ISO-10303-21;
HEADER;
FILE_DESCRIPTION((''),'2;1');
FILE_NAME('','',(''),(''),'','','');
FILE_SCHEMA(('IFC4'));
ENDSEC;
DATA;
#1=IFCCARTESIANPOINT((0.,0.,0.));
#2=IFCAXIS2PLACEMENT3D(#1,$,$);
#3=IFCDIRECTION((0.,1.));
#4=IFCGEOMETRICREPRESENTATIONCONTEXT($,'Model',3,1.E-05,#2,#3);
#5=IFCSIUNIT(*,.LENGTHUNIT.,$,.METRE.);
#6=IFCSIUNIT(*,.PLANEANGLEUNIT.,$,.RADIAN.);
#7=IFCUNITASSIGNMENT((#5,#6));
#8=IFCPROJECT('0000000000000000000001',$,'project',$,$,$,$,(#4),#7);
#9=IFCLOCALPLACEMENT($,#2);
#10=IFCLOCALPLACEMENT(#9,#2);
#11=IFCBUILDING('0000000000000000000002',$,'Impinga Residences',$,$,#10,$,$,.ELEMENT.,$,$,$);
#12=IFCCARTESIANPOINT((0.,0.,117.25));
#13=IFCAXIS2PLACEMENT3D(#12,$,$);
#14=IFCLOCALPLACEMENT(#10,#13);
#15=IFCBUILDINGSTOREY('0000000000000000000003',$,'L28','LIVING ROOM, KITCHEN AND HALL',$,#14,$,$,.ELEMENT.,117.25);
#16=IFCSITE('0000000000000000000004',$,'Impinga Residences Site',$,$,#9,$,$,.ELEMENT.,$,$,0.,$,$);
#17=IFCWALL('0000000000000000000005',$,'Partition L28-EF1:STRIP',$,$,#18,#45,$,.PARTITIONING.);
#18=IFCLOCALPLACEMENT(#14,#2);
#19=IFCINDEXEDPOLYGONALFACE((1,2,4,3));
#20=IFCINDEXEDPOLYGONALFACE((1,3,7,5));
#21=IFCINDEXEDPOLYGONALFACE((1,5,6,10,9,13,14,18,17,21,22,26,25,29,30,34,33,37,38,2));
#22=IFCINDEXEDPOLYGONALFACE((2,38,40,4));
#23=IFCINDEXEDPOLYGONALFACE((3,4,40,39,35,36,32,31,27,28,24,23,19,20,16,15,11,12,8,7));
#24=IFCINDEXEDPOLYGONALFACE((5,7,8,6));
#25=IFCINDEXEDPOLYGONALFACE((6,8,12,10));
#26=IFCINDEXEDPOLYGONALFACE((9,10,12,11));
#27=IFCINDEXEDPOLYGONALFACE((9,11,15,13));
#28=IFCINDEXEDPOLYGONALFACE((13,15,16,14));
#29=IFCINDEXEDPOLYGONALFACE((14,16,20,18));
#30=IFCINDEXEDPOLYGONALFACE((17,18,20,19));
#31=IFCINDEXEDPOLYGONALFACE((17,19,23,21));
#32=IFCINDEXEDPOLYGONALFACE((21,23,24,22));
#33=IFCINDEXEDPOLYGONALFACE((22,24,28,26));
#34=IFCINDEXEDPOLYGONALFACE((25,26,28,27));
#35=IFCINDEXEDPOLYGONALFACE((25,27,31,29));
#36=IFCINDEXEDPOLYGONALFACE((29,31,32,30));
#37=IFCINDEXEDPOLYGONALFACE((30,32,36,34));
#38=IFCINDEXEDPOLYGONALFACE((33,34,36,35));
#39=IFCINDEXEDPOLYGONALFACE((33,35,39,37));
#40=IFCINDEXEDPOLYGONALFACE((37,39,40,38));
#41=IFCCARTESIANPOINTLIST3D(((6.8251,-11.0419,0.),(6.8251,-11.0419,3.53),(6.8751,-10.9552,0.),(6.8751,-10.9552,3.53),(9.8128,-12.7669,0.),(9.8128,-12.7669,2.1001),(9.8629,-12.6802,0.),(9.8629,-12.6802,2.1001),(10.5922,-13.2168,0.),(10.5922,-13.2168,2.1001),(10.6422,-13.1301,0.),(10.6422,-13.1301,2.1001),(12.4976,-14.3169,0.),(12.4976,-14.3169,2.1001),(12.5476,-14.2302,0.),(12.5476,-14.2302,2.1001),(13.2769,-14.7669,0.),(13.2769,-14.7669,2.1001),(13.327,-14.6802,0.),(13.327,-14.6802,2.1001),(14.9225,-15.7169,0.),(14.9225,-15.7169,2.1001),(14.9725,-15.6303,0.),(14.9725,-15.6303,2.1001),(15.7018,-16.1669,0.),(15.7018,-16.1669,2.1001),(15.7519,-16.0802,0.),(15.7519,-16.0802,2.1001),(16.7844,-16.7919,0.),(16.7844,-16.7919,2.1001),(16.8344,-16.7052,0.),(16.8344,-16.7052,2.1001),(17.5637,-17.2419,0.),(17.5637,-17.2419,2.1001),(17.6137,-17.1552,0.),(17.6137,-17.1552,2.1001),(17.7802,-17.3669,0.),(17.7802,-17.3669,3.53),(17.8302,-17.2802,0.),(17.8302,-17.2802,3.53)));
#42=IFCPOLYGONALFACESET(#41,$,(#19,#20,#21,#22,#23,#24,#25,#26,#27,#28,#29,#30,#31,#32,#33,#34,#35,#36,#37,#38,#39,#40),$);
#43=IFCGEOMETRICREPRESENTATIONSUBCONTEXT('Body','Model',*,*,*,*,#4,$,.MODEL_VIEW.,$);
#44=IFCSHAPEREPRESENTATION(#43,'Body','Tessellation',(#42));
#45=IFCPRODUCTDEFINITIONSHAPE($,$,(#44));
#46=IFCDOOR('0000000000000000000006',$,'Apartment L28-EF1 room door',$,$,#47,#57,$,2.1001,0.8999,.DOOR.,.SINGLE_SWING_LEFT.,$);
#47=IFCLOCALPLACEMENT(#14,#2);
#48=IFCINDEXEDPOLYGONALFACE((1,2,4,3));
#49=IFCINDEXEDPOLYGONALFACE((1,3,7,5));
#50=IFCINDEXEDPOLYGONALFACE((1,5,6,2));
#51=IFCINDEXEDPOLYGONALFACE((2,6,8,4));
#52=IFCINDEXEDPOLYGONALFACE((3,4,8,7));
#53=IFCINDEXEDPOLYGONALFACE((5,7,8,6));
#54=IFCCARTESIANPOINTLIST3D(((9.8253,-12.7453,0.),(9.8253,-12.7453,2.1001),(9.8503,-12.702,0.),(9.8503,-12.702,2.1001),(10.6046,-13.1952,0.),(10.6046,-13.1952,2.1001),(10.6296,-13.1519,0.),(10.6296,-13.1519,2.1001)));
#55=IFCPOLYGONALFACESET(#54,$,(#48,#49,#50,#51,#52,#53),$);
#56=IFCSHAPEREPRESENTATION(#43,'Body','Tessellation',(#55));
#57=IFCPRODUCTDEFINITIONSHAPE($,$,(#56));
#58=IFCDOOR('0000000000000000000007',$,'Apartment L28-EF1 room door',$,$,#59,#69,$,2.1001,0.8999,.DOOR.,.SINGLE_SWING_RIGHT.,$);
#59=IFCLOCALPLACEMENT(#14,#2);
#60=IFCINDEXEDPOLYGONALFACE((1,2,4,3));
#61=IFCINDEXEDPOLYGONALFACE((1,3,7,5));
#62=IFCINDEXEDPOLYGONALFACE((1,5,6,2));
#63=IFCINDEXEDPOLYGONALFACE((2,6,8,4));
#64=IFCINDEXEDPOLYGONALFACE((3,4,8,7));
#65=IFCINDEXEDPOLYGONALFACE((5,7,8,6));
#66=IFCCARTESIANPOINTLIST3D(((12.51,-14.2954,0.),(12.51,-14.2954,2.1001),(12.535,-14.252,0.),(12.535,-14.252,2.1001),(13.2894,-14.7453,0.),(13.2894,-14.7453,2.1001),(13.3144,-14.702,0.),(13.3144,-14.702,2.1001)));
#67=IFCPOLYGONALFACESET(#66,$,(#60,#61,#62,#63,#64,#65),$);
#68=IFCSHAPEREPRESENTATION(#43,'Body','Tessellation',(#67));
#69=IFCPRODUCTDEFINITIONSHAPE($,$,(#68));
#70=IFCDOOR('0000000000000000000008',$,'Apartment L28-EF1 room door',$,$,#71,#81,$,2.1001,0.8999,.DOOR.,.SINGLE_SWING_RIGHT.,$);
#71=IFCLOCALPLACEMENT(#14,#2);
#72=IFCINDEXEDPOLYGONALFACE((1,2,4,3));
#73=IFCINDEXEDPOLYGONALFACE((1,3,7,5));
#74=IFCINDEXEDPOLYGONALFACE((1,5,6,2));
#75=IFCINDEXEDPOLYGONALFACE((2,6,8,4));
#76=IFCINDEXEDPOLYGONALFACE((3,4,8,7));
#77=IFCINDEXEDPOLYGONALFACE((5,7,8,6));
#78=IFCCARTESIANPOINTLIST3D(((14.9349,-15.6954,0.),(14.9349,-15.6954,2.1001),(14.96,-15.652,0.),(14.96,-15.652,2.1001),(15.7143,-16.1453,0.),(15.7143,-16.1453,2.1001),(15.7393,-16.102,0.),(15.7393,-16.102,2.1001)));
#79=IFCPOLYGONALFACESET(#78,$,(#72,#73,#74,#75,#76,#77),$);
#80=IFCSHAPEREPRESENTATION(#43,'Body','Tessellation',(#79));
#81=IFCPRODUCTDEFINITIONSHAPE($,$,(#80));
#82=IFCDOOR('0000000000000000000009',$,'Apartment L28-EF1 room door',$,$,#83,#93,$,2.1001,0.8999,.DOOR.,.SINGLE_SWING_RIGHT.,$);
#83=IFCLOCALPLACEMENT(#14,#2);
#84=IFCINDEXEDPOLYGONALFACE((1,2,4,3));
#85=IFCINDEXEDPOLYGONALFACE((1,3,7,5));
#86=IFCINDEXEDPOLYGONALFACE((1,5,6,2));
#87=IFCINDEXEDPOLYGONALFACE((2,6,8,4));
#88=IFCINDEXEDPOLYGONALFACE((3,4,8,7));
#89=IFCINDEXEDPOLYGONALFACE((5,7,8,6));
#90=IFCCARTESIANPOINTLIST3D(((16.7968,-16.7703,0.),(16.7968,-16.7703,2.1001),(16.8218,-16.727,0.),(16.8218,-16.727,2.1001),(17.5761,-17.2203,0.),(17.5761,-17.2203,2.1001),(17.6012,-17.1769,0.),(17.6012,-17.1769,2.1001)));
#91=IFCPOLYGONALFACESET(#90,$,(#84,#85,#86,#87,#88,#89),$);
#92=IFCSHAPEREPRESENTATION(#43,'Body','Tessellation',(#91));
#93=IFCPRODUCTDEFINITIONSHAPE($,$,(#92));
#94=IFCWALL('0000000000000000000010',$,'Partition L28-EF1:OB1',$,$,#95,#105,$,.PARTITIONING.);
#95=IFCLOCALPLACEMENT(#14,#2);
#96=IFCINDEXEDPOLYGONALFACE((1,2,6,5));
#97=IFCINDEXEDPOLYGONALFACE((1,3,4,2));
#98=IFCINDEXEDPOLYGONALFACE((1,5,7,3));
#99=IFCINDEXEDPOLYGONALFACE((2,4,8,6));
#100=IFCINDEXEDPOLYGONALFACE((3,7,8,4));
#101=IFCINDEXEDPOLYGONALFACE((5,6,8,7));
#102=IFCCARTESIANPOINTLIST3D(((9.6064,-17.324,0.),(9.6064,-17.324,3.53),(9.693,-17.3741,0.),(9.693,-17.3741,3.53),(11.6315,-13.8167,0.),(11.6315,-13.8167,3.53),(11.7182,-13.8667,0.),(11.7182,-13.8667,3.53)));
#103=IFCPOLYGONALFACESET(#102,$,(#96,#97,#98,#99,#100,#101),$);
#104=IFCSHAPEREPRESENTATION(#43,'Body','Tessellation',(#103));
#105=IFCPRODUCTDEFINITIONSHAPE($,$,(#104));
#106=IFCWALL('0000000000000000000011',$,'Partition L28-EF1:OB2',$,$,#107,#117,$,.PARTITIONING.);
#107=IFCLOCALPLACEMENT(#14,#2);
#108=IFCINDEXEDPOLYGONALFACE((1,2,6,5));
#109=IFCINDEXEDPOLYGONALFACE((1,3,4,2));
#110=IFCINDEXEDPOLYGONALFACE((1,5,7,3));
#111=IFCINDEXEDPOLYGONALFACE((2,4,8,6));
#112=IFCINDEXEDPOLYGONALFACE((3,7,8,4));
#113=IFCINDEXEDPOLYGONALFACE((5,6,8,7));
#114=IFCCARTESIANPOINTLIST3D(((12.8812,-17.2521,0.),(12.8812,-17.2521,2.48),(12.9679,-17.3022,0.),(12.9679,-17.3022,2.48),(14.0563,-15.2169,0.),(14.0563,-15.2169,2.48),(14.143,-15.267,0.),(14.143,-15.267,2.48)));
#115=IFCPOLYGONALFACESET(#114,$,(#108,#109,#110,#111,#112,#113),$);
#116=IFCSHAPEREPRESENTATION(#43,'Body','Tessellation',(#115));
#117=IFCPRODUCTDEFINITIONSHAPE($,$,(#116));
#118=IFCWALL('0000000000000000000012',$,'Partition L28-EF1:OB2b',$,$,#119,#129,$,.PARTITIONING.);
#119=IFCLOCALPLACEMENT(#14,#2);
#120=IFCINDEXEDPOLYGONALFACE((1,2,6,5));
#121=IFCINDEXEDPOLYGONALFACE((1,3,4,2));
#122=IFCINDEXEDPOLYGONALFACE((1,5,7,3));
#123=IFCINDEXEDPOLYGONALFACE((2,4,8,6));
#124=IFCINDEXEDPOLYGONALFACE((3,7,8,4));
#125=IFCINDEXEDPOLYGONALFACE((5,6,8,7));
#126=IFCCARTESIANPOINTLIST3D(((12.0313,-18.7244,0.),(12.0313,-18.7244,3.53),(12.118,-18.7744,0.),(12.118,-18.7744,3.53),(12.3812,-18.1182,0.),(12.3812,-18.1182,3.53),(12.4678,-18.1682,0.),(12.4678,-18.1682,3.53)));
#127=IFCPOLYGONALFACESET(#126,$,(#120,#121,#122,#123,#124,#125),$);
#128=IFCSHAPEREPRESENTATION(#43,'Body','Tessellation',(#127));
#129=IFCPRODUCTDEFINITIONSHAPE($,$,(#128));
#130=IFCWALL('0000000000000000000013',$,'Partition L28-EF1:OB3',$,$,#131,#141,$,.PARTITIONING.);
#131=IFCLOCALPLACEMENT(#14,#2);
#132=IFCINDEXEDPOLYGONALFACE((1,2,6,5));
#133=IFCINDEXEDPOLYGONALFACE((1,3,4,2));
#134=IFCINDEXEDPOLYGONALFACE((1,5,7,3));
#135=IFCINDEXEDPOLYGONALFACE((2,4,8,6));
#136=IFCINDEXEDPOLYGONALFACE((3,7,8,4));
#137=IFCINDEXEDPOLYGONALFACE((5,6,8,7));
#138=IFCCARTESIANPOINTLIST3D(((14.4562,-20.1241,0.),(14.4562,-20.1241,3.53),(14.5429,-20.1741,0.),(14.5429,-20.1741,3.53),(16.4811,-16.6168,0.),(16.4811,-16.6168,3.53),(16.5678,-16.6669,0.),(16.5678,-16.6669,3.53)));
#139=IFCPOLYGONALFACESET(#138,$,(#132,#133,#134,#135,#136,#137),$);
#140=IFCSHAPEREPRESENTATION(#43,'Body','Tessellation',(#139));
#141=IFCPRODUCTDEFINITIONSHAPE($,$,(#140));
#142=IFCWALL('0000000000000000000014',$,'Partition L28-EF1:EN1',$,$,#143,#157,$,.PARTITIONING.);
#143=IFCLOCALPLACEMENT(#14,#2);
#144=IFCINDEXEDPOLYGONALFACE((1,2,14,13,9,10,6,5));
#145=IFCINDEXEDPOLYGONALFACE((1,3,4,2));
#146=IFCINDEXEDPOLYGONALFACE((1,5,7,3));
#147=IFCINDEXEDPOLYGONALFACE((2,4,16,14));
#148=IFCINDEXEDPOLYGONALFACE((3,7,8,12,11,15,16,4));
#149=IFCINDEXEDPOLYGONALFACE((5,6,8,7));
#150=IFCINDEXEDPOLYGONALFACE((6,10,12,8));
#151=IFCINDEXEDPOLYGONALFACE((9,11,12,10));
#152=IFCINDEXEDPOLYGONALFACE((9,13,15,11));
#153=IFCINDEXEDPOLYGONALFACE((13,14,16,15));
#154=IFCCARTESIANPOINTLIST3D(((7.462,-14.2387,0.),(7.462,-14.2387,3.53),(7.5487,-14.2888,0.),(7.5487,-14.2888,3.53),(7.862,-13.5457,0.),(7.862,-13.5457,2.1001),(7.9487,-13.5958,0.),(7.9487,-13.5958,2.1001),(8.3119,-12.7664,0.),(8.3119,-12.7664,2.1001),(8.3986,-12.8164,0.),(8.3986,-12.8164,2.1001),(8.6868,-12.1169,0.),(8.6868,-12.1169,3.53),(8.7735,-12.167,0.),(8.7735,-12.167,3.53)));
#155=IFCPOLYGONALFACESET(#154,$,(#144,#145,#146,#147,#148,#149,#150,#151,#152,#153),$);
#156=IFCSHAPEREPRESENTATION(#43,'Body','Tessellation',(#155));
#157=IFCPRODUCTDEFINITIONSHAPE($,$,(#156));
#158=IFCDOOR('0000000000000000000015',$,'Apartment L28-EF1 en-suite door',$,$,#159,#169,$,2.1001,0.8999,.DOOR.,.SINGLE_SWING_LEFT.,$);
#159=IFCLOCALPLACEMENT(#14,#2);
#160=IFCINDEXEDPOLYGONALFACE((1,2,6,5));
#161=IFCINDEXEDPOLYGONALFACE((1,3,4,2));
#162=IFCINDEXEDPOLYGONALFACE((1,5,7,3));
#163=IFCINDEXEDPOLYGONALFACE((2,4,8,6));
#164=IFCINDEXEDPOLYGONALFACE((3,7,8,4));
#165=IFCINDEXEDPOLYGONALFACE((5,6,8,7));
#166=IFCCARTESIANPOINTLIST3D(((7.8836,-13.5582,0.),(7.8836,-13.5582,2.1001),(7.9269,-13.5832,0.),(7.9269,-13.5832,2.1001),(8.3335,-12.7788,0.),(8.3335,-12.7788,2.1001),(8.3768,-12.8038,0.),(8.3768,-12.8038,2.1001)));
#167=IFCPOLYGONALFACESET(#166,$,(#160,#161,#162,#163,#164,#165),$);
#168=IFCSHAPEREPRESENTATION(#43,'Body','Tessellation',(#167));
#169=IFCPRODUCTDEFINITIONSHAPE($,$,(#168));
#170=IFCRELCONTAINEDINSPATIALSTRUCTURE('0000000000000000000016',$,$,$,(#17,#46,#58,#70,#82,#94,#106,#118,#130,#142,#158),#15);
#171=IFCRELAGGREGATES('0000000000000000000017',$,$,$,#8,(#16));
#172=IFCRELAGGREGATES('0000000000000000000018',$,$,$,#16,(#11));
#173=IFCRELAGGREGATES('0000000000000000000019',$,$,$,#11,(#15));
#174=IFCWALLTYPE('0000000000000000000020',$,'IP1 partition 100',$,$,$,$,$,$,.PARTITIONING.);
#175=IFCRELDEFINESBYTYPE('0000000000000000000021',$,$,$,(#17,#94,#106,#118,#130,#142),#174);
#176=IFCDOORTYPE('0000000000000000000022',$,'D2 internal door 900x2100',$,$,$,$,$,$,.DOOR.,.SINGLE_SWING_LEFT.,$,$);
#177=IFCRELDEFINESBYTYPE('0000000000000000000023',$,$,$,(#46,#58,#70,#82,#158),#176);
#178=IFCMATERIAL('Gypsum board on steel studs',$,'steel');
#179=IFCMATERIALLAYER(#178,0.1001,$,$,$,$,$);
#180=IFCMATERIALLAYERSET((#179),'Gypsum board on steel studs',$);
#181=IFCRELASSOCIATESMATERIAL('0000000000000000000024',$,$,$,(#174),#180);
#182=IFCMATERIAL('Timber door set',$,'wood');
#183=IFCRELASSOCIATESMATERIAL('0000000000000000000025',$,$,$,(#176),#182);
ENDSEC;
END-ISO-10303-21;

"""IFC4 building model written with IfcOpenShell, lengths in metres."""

from ifc_helpers import new_model, si_unit, direction, frame, frame_2d, origin, place, context, subcontext, project, spatial, rectangle, extrude, material, layer, layer_set, type_object, element, fill, save


model = new_model("IFC4")

# Units and contexts
model_context = context("Model", 3, precision=1e-05, world=origin(), true_north=direction((0.0, 1.0)))
body_context = subcontext(model_context, "Body", "Model", "MODEL_VIEW")
ifc_project = project(units=[si_unit("LENGTHUNIT", "METRE"), si_unit("PLANEANGLEUNIT", "RADIAN")], contexts=[model_context])

# Site, building, storey
site_placement = place(None, origin())
site = spatial("IfcSite", under=ifc_project, at=site_placement, Name="Impinga Residences Site", CompositionType="ELEMENT", RefElevation=0.0)
building_placement = place(site_placement, origin())
building = spatial("IfcBuilding", under=site, at=building_placement, Name="Impinga Residences", CompositionType="ELEMENT")
storey_placement = place(building_placement, frame((0.0, 0.0, 117.25)))
storey = spatial("IfcBuildingStorey", under=building, at=storey_placement, Name="L28", Description="LIVING ROOM, KITCHEN AND HALL", CompositionType="ELEMENT", Elevation=117.25)

# Shared definitions
ifc_material_1 = material(Name="Timber door set", Category="wood")

# Shared definitions
ifc_material_2 = material(Name="Gypsum board on steel studs", Category="steel")
ifc_layer_1 = layer(ifc_material_2, 0.1001)
ifc_layer_set_1 = layer_set([ifc_layer_1], Name="Gypsum board on steel studs")
wall_type_1 = type_object("IfcWallType", Name="IP1 partition 100", PredefinedType="PARTITIONING", material=ifc_layer_set_1)

# Wall, openings, doors
wall_1_placement = place(storey_placement, frame((6.8501, -10.9985, 0.0), z_axis=(0.0, 0.0, 1.0), x_axis=(0.866024, -0.500002, 0.0)))
wall_1 = element("IfcWall", 1, at=wall_1_placement, inside=storey, type_object=wall_type_1, Name="Partition L28-EF1:STRIP", PredefinedType="PARTITIONING", context=body_context, shape_type="SweptSolid", body=[
    extrude(rectangle(XDim=12.6499, YDim=0.1001, at=frame_2d((6.325, 0.0))), origin(), (0.0, 0.0, 1.0), 3.53),
])
opening_1_placement = place(wall_1_placement, frame((3.45, 0.0, 0.0)))
opening_1 = element("IfcOpeningElement", 2, at=opening_1_placement, cuts=wall_1, PredefinedType="OPENING", context=body_context, shape_type="SweptSolid", body=[
    extrude(rectangle(XDim=0.8999, YDim=2.1001, at=frame_2d((0.45, 1.05))), frame((0.0, 0.0601, 0.0), z_axis=(0.0, -1.0, 0.0), x_axis=(1.0, 0.0, 0.0)), (0.0, 0.0, 1.0), 0.1201),
])
opening_2_placement = place(wall_1_placement, frame((6.55, 0.0, 0.0)))
opening_2 = element("IfcOpeningElement", 3, at=opening_2_placement, cuts=wall_1, PredefinedType="OPENING", context=body_context, shape_type="SweptSolid", body=[
    extrude(rectangle(XDim=0.8999, YDim=2.1001, at=frame_2d((0.45, 1.05))), frame((0.0, 0.0601, 0.0), z_axis=(0.0, -1.0, 0.0), x_axis=(1.0, 0.0, 0.0)), (0.0, 0.0, 1.0), 0.1201),
])
opening_3_placement = place(wall_1_placement, frame((9.3501, 0.0, 0.0)))
opening_3 = element("IfcOpeningElement", 4, at=opening_3_placement, cuts=wall_1, PredefinedType="OPENING", context=body_context, shape_type="SweptSolid", body=[
    extrude(rectangle(XDim=0.8999, YDim=2.1001, at=frame_2d((0.45, 1.05))), frame((0.0, 0.0601, 0.0), z_axis=(0.0, -1.0, 0.0), x_axis=(1.0, 0.0, 0.0)), (0.0, 0.0, 1.0), 0.1201),
])
opening_4_placement = place(wall_1_placement, frame((11.5, 0.0, 0.0)))
opening_4 = element("IfcOpeningElement", 5, at=opening_4_placement, cuts=wall_1, PredefinedType="OPENING", context=body_context, shape_type="SweptSolid", body=[
    extrude(rectangle(XDim=0.8999, YDim=2.1001, at=frame_2d((0.45, 1.05))), frame((0.0, 0.0601, 0.0), z_axis=(0.0, -1.0, 0.0), x_axis=(1.0, 0.0, 0.0)), (0.0, 0.0, 1.0), 0.1201),
])
door_type_1 = type_object("IfcDoorType", Name="D2 internal door 900x2100", OperationType="SINGLE_SWING_LEFT", PredefinedType="DOOR", material=ifc_material_1)
door_1_placement = place(opening_1_placement, origin())
door_1 = element("IfcDoor", 6, at=door_1_placement, inside=storey, type_object=door_type_1, Name="Apartment L28-EF1 room door", OperationType="SINGLE_SWING_LEFT", OverallHeight=2.1001, OverallWidth=0.8999, PredefinedType="DOOR", context=body_context, shape_type="SweptSolid", body=[
    extrude(rectangle(XDim=0.8999, YDim=2.1001, at=frame_2d((0.45, 1.05))), frame((0.0, 0.0249, 0.0), z_axis=(0.0, -1.0, 0.0), x_axis=(1.0, 0.0, 0.0)), (0.0, 0.0, 1.0), 0.05),
])
fill(opening_1, door_1)
door_2_placement = place(opening_2_placement, origin())
door_2 = element("IfcDoor", 7, at=door_2_placement, inside=storey, type_object=door_type_1, Name="Apartment L28-EF1 room door", OperationType="SINGLE_SWING_RIGHT", OverallHeight=2.1001, OverallWidth=0.8999, PredefinedType="DOOR", context=body_context, shape_type="SweptSolid", body=[
    extrude(rectangle(XDim=0.8999, YDim=2.1001, at=frame_2d((0.45, 1.05))), frame((0.0, 0.0249, 0.0), z_axis=(0.0, -1.0, 0.0), x_axis=(1.0, 0.0, 0.0)), (0.0, 0.0, 1.0), 0.05),
])
fill(opening_2, door_2)
door_3_placement = place(opening_3_placement, origin())
door_3 = element("IfcDoor", 8, at=door_3_placement, inside=storey, type_object=door_type_1, Name="Apartment L28-EF1 room door", OperationType="SINGLE_SWING_RIGHT", OverallHeight=2.1001, OverallWidth=0.8999, PredefinedType="DOOR", context=body_context, shape_type="SweptSolid", body=[
    extrude(rectangle(XDim=0.8999, YDim=2.1001, at=frame_2d((0.45, 1.05))), frame((0.0, 0.0249, 0.0), z_axis=(0.0, -1.0, 0.0), x_axis=(1.0, 0.0, 0.0)), (0.0, 0.0, 1.0), 0.05),
])
fill(opening_3, door_3)
door_4_placement = place(opening_4_placement, origin())
door_4 = element("IfcDoor", 9, at=door_4_placement, inside=storey, type_object=door_type_1, Name="Apartment L28-EF1 room door", OperationType="SINGLE_SWING_RIGHT", OverallHeight=2.1001, OverallWidth=0.8999, PredefinedType="DOOR", context=body_context, shape_type="SweptSolid", body=[
    extrude(rectangle(XDim=0.8999, YDim=2.1001, at=frame_2d((0.45, 1.05))), frame((0.0, 0.0249, 0.0), z_axis=(0.0, -1.0, 0.0), x_axis=(1.0, 0.0, 0.0)), (0.0, 0.0, 1.0), 0.05),
])
fill(opening_4, door_4)

# Walls
wall_2_placement = place(storey_placement, frame((11.6748, -13.8418, 0.0), z_axis=(0.0, 0.0, 1.0), x_axis=(-0.500036, -0.866005, 0.0)))
element("IfcWall", 10, at=wall_2_placement, inside=storey, type_object=wall_type_1, Name="Partition L28-EF1:OB1", PredefinedType="PARTITIONING", context=body_context, shape_type="SweptSolid", body=[
    extrude(rectangle(XDim=4.05, YDim=0.1001, at=frame_2d((2.0249, 0.0))), origin(), (0.0, 0.0, 1.0), 3.53),
])
wall_3_placement = place(storey_placement, frame((14.0996, -15.2419, 0.0), z_axis=(0.0, 0.0, 1.0), x_axis=(-0.500016, -0.866016, 0.0)))
element("IfcWall", 11, at=wall_3_placement, inside=storey, type_object=wall_type_1, Name="Partition L28-EF1:OB2", PredefinedType="PARTITIONING", context=body_context, shape_type="SweptSolid", body=[
    extrude(rectangle(XDim=2.3501, YDim=0.1001, at=frame_2d((1.175, 0.0))), origin(), (0.0, 0.0, 1.0), 2.48),
])
wall_4_placement = place(storey_placement, frame((12.4246, -18.1431, 0.0), z_axis=(0.0, 0.0, 1.0), x_axis=(-0.499853, -0.86611, 0.0)))
element("IfcWall", 12, at=wall_4_placement, inside=storey, type_object=wall_type_1, Name="Partition L28-EF1:OB2b", PredefinedType="PARTITIONING", context=body_context, shape_type="SweptSolid", body=[
    extrude(rectangle(XDim=0.7, YDim=0.1001, at=frame_2d((0.3501, 0.0))), origin(), (0.0, 0.0, 1.0), 3.53),
])
wall_5_placement = place(storey_placement, frame((16.5244, -16.6418, 0.0), z_axis=(0.0, 0.0, 1.0), x_axis=(-0.49999, -0.866031, 0.0)))
element("IfcWall", 13, at=wall_5_placement, inside=storey, type_object=wall_type_1, Name="Partition L28-EF1:OB3", PredefinedType="PARTITIONING", context=body_context, shape_type="SweptSolid", body=[
    extrude(rectangle(XDim=4.0498, YDim=0.1001, at=frame_2d((2.0249, 0.0))), origin(), (0.0, 0.0, 1.0), 3.53),
])

# Wall, opening, door
wall_6_placement = place(storey_placement, frame((8.7302, -12.1418, 0.0), z_axis=(0.0, 0.0, 1.0), x_axis=(-0.499944, -0.866058, 0.0)))
wall_6 = element("IfcWall", 14, at=wall_6_placement, inside=storey, type_object=wall_type_1, Name="Partition L28-EF1:EN1", PredefinedType="PARTITIONING", context=body_context, shape_type="SweptSolid", body=[
    extrude(rectangle(XDim=2.45, YDim=0.1001, at=frame_2d((1.2251, 0.0))), origin(), (0.0, 0.0, 1.0), 3.53),
])
opening_5_placement = place(wall_6_placement, frame((0.75, 0.0, 0.0)))
opening_5 = element("IfcOpeningElement", 15, at=opening_5_placement, cuts=wall_6, PredefinedType="OPENING", context=body_context, shape_type="SweptSolid", body=[
    extrude(rectangle(XDim=0.8999, YDim=2.1001, at=frame_2d((0.45, 1.05))), frame((0.0, 0.0601, 0.0), z_axis=(0.0, -1.0, 0.0), x_axis=(1.0, 0.0, 0.0)), (0.0, 0.0, 1.0), 0.1201),
])
door_5_placement = place(opening_5_placement, origin())
door_5 = element("IfcDoor", 16, at=door_5_placement, inside=storey, type_object=door_type_1, Name="Apartment L28-EF1 en-suite door", OperationType="SINGLE_SWING_LEFT", OverallHeight=2.1001, OverallWidth=0.8999, PredefinedType="DOOR", context=body_context, shape_type="SweptSolid", body=[
    extrude(rectangle(XDim=0.8999, YDim=2.1001, at=frame_2d((0.45, 1.05))), frame((0.0, 0.0249, 0.0), z_axis=(0.0, -1.0, 0.0), x_axis=(1.0, 0.0, 0.0)), (0.0, 0.0, 1.0), 0.05),
])
fill(opening_5, door_5)

save(model, "model.ifc")
